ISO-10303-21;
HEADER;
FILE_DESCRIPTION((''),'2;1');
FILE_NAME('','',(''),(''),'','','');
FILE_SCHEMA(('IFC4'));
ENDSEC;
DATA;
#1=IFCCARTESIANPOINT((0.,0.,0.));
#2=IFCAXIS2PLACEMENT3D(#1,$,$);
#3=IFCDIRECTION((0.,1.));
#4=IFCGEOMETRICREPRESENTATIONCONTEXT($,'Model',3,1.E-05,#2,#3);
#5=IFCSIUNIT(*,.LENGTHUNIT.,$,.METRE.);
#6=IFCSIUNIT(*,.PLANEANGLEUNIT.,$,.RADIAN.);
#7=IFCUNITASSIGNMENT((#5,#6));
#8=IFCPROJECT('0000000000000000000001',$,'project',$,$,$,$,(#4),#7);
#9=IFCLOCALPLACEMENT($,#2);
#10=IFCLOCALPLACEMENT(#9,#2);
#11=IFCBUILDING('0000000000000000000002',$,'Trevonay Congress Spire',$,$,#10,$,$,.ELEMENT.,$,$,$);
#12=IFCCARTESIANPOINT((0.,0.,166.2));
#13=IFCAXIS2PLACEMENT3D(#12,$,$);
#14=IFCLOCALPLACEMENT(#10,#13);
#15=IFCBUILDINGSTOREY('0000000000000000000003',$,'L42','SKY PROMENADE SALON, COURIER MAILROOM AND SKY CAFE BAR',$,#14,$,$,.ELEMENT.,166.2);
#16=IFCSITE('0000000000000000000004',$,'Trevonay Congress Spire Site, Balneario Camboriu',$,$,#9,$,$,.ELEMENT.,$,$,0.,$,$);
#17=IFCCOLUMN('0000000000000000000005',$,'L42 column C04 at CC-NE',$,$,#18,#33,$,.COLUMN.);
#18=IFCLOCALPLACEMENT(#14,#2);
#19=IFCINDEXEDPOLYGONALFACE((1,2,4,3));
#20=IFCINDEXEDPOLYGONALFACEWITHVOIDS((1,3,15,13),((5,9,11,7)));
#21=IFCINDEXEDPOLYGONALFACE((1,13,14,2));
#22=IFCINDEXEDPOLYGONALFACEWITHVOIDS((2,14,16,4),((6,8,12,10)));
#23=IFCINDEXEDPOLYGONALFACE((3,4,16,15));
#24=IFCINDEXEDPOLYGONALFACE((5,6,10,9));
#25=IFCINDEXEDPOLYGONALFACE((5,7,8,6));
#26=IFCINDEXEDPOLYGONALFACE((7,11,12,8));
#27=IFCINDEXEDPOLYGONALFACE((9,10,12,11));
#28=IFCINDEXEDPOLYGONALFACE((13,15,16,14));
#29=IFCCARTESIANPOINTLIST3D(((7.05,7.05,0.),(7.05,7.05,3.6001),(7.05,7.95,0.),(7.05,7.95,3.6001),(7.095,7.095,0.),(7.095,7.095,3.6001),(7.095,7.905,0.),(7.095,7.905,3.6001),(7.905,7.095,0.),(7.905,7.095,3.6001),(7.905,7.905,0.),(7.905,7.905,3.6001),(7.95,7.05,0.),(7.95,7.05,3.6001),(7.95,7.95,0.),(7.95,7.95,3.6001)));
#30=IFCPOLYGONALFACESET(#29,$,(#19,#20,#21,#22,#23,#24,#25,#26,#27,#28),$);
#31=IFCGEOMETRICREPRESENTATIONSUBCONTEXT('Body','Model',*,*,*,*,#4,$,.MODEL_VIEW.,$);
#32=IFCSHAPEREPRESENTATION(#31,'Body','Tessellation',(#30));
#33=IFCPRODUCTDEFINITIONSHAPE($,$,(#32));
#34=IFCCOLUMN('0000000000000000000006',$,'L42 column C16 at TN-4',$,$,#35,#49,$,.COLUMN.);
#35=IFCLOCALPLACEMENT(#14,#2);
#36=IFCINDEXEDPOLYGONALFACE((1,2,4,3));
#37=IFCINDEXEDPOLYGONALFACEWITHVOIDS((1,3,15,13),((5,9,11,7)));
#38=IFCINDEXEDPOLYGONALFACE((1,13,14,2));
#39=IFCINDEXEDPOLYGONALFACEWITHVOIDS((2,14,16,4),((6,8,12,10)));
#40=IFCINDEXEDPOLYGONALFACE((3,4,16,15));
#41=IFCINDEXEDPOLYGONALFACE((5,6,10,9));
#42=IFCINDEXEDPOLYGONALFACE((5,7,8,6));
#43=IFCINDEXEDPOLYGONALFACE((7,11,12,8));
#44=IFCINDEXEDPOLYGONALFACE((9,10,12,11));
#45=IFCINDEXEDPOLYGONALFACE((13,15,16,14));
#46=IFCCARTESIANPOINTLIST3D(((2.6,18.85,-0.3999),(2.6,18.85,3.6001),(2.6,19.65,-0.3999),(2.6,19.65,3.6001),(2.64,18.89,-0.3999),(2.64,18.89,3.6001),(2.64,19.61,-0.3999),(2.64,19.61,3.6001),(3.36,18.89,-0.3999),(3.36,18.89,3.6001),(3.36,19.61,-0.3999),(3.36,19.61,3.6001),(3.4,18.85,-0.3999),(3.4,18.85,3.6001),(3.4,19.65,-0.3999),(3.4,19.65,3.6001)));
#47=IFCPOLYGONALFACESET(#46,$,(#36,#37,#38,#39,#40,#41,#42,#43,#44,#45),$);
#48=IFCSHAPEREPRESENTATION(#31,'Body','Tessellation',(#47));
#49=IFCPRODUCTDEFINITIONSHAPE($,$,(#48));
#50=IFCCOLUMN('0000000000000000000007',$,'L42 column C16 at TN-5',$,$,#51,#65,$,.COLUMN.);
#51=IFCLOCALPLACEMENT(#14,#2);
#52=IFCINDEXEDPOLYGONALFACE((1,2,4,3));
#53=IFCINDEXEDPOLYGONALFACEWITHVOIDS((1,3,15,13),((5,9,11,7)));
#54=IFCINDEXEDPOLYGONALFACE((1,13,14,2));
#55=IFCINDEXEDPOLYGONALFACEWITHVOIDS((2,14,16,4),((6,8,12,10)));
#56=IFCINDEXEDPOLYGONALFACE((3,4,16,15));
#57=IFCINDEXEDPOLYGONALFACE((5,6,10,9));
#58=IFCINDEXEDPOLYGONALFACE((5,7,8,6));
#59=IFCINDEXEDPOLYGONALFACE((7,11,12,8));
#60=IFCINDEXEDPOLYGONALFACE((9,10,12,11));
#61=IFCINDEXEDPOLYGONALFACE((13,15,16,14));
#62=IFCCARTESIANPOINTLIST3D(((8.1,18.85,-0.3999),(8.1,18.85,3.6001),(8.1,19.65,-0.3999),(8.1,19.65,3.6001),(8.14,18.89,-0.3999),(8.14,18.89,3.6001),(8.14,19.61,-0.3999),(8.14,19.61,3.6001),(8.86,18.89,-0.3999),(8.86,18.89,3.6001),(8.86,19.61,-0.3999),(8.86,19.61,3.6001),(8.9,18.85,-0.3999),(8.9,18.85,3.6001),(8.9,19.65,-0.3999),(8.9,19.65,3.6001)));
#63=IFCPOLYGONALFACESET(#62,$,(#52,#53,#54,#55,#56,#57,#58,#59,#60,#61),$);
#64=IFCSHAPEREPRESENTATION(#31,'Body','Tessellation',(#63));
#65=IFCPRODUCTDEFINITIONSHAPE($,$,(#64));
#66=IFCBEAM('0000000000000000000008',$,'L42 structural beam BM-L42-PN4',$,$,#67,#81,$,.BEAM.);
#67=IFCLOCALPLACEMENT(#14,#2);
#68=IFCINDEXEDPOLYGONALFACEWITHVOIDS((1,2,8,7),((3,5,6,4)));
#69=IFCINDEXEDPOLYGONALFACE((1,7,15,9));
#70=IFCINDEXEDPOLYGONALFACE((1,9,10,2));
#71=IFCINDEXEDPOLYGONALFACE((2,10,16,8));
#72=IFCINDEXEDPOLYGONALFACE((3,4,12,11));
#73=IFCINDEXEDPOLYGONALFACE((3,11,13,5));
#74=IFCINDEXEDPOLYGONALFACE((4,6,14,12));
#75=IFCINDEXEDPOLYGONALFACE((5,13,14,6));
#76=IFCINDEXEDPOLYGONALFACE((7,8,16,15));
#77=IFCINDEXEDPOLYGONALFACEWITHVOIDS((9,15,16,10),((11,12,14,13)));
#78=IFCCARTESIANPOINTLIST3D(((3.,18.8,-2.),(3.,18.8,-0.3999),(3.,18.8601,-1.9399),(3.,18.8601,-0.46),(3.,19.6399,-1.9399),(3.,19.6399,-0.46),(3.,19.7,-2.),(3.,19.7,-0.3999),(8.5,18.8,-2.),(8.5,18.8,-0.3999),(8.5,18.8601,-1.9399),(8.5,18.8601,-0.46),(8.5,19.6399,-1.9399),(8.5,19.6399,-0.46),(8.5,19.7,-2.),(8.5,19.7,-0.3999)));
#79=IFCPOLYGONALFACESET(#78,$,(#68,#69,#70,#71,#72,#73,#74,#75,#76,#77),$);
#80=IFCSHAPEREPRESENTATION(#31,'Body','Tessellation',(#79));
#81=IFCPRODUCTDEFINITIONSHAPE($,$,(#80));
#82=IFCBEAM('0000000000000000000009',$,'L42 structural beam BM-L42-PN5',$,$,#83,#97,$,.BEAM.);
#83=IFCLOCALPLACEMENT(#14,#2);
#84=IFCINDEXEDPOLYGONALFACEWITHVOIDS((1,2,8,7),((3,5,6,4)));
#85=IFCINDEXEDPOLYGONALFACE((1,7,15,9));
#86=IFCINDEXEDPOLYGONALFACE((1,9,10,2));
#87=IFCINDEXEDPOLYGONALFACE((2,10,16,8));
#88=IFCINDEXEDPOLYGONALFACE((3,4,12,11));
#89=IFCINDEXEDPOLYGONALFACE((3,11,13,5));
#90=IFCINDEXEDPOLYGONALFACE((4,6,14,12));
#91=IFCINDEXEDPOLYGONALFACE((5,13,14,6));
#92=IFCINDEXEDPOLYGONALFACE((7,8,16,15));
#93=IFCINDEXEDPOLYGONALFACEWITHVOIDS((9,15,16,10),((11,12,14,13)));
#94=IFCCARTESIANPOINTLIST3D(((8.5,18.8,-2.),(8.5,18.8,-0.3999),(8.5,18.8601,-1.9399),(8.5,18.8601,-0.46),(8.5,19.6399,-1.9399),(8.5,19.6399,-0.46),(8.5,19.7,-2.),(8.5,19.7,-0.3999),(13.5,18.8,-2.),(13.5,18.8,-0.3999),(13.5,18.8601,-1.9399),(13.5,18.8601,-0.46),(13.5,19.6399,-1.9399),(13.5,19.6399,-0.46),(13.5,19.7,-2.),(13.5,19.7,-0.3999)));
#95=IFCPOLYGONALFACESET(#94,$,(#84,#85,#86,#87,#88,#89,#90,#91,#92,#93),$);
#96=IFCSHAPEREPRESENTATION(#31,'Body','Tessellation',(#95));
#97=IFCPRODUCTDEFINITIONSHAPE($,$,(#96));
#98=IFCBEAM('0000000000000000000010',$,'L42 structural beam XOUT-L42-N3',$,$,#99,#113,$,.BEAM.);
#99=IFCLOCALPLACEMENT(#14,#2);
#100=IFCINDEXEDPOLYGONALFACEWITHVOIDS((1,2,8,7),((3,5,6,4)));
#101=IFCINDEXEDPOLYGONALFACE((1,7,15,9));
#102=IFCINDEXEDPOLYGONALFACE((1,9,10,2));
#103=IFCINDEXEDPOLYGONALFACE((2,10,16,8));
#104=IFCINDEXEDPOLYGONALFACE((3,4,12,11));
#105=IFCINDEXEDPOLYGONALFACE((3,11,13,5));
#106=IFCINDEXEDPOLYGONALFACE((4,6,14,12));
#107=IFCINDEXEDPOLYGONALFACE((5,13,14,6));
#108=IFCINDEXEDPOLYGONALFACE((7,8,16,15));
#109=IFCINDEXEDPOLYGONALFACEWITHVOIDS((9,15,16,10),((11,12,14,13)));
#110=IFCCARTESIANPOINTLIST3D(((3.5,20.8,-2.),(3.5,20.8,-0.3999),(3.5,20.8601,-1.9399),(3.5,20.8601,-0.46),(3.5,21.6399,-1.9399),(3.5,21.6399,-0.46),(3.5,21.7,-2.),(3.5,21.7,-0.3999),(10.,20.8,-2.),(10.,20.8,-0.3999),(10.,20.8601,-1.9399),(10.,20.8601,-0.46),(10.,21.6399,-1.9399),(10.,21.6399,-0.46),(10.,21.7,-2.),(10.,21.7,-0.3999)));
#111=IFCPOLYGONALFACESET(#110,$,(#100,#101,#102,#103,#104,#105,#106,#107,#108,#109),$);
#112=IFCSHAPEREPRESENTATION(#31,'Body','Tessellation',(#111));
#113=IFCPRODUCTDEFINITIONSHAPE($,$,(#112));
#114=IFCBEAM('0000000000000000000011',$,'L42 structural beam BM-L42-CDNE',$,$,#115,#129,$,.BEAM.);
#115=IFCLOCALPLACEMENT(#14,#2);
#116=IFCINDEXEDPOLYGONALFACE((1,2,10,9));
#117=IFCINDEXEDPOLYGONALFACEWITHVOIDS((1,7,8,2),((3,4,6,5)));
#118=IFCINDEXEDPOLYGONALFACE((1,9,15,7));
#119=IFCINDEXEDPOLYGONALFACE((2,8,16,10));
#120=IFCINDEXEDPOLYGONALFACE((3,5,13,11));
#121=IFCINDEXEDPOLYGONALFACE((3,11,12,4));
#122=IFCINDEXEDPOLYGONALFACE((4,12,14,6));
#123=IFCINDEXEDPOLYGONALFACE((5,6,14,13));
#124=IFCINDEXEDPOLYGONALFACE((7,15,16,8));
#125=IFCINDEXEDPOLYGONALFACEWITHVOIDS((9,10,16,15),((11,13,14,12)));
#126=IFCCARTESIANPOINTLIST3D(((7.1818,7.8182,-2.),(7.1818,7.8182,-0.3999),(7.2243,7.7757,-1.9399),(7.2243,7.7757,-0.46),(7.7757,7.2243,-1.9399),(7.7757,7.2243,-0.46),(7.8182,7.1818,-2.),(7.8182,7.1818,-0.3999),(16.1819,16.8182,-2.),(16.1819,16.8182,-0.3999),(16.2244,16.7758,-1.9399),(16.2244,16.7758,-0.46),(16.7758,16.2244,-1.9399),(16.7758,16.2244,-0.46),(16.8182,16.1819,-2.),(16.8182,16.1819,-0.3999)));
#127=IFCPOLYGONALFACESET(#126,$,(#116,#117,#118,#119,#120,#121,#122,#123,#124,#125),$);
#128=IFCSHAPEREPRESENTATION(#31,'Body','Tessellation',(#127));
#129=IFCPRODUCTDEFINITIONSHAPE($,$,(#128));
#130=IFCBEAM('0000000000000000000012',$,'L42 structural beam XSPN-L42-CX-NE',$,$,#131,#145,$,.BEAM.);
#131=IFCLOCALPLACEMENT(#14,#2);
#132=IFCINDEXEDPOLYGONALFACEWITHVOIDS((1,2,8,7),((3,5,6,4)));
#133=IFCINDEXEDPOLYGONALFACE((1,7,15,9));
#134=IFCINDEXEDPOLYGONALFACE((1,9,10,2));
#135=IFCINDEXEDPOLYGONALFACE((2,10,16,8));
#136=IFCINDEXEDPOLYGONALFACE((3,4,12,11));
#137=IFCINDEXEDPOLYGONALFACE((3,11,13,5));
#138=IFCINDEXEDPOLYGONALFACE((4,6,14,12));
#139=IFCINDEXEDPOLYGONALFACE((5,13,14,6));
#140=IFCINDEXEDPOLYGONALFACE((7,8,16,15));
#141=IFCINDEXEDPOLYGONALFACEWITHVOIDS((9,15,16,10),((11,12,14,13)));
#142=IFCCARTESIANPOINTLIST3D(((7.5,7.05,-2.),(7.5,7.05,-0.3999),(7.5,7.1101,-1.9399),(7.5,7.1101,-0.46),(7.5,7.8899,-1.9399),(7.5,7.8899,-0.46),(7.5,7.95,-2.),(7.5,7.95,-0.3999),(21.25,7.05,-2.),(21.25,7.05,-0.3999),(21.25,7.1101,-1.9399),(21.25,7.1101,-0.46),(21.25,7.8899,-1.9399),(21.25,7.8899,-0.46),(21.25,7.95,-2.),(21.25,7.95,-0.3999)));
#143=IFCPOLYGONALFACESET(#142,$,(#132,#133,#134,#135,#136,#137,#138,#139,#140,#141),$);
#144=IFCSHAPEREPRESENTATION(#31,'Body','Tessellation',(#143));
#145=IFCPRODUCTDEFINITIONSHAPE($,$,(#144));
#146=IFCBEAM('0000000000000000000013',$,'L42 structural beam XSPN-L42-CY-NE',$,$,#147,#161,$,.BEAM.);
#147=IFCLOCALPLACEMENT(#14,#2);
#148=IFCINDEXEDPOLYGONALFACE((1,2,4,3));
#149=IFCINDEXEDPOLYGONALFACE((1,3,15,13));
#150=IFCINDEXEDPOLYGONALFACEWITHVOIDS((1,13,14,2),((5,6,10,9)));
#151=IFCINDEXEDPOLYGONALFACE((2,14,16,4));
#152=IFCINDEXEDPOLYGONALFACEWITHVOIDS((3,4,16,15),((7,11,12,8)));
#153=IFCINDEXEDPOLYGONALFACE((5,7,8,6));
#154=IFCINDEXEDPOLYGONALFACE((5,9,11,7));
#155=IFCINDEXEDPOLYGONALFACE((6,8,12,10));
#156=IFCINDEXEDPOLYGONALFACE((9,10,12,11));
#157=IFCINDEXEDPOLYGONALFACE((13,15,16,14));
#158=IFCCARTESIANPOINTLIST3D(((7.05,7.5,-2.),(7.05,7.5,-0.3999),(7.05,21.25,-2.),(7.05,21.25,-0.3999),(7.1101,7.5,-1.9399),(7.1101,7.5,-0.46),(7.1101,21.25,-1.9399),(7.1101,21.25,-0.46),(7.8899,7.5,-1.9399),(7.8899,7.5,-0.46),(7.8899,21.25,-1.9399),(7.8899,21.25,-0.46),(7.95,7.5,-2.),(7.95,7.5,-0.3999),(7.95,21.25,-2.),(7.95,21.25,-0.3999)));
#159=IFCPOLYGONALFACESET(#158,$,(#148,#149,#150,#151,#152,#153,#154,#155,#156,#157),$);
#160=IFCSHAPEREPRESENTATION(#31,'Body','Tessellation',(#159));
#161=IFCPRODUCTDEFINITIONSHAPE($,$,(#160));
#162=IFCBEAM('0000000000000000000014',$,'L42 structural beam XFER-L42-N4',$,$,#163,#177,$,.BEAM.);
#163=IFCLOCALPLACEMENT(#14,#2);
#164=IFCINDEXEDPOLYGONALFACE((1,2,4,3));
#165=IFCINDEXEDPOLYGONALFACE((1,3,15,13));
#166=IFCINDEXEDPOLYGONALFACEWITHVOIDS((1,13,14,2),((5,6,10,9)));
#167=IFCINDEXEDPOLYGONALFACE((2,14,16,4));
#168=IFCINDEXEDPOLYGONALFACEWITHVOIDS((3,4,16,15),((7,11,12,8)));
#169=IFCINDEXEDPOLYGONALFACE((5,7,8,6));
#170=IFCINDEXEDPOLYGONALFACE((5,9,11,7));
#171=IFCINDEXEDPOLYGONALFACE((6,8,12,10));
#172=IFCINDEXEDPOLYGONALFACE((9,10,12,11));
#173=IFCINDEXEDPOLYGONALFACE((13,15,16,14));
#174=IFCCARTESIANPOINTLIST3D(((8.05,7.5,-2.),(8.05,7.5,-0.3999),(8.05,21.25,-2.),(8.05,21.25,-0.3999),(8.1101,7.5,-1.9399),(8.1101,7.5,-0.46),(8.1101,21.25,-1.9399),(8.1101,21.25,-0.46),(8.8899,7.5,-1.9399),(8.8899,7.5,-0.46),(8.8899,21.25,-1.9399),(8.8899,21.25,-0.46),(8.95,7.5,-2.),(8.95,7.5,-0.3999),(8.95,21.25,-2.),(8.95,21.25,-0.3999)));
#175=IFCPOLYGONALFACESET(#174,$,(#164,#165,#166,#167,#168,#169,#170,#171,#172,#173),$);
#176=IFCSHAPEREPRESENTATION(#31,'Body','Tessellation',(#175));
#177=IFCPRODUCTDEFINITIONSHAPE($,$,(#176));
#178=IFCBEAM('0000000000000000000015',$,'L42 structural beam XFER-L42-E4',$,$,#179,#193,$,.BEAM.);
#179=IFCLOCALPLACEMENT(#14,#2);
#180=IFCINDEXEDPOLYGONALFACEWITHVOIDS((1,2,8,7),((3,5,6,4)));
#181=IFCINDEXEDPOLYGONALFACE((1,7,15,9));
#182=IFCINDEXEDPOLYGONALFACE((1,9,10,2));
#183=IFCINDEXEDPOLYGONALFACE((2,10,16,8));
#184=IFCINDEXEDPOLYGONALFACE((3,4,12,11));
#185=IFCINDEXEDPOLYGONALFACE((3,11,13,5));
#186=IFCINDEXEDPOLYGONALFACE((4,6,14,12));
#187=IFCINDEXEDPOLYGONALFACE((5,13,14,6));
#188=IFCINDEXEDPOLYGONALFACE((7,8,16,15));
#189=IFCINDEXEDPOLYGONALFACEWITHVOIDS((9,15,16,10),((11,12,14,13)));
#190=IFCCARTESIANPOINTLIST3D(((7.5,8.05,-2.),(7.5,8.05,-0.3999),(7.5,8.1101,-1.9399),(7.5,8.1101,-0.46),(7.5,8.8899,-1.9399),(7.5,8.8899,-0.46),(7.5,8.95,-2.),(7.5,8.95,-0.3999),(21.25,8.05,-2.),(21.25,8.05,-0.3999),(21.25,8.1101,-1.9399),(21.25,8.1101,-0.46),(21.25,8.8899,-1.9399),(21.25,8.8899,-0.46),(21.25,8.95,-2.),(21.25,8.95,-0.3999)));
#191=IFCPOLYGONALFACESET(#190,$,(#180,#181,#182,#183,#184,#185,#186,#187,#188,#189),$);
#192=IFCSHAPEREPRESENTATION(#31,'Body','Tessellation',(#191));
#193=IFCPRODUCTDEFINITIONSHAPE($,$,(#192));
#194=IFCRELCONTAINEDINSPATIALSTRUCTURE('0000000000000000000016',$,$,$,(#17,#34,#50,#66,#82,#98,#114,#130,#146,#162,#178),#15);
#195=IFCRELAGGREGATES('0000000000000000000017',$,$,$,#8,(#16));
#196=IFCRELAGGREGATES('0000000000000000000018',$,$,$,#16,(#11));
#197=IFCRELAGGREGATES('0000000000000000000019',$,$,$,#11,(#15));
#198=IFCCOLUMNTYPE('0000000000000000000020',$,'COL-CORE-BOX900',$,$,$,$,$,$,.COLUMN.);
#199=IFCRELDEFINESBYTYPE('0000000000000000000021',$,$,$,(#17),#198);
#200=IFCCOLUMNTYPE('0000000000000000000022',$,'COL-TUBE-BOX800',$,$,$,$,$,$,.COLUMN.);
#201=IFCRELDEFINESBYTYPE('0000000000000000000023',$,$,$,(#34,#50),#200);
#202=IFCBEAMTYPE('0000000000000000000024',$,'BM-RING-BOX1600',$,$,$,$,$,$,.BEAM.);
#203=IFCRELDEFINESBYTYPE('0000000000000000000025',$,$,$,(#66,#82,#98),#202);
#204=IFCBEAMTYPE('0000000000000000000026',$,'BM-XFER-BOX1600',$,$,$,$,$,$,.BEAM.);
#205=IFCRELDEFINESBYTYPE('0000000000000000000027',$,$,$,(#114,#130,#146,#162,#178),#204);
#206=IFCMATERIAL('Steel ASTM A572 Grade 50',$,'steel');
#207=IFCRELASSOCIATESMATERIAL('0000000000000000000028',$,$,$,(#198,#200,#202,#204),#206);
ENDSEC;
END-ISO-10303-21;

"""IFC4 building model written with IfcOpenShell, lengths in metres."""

from ifc_helpers import new_model, si_unit, direction, frame, origin, origin_2d, place, context, subcontext, project, spatial, hollow_rectangle, extrude, material, material_profile, profile_set, type_object, element, save


model = new_model("IFC4")

# Units and contexts
model_context = context("Model", 3, precision=1e-05, world=origin(), true_north=direction((0.0, 1.0)))
body_context = subcontext(model_context, "Body", "Model", "MODEL_VIEW")
ifc_project = project(units=[si_unit("LENGTHUNIT", "METRE"), si_unit("PLANEANGLEUNIT", "RADIAN")], contexts=[model_context])

# Site, building, storey
site_placement = place(None, origin())
site = spatial("IfcSite", under=ifc_project, at=site_placement, Name="Trevonay Congress Spire Site, Balneario Camboriu", CompositionType="ELEMENT", RefElevation=0.0)
building_placement = place(site_placement, origin())
building = spatial("IfcBuilding", under=site, at=building_placement, Name="Trevonay Congress Spire", CompositionType="ELEMENT")
storey_placement = place(building_placement, frame((0.0, 0.0, 166.2)))
storey = spatial("IfcBuildingStorey", under=building, at=storey_placement, Name="L42", Description="SKY PROMENADE SALON, COURIER MAILROOM AND SKY CAFE BAR", CompositionType="ELEMENT", Elevation=166.2)

# Columns
ifc_material_1 = material(Name="Steel ASTM A572 Grade 50", Category="steel")
ifc_material_profile_1 = material_profile(ifc_material_1, hollow_rectangle(XDim=0.8999, YDim=0.8999, WallThickness=0.0449, at=origin_2d()), Name="BOX 900x900x45")
ifc_profile_set_1 = profile_set([ifc_material_profile_1], Name="Steel ASTM A572 Grade 50")
column_type_1 = type_object("IfcColumnType", Name="COL-CORE-BOX900", PredefinedType="COLUMN", material=ifc_profile_set_1)
column_placement = place(storey_placement, frame((7.5, 7.5, 0.0), z_axis=(0.0, 0.0, 1.0), x_axis=(1.0, 0.0, 0.0)))
element("IfcColumn", 1, at=column_placement, inside=storey, type_object=column_type_1, Name="L42 column C04 at CC-NE", PredefinedType="COLUMN", context=body_context, shape_type="SweptSolid", body=[
    extrude(hollow_rectangle(XDim=0.8999, YDim=0.8999, WallThickness=0.0449, at=origin_2d()), origin(), (0.0, 0.0, 1.0), 3.6001),
])
ifc_material_profile_2 = material_profile(ifc_material_1, hollow_rectangle(XDim=0.8, YDim=0.8, WallThickness=0.04, at=origin_2d()), Name="BOX 800x800x40")
ifc_profile_set_2 = profile_set([ifc_material_profile_2], Name="Steel ASTM A572 Grade 50")
column_type_2 = type_object("IfcColumnType", Name="COL-TUBE-BOX800", PredefinedType="COLUMN", material=ifc_profile_set_2)
for number, where, z_axis, x_axis, name in (
    (2, (3.0, 19.25, -0.3999), (0.0, 0.0, 1.0), (1.0, 0.0, 0.0), "L42 column C16 at TN-4"),
    (3, (8.5, 19.25, -0.3999), (0.0, 0.0, 1.0), (1.0, 0.0, 0.0), "L42 column C16 at TN-5"),
):
    element("IfcColumn", number, at=place(storey_placement, frame(where, z_axis=z_axis, x_axis=x_axis)), inside=storey, type_object=column_type_2, Name=name, PredefinedType="COLUMN", context=body_context, shape_type="SweptSolid", body=[
        extrude(hollow_rectangle(XDim=0.8, YDim=0.8, WallThickness=0.04, at=origin_2d()), origin(), (0.0, 0.0, 1.0), 4.0),
    ])

# Beams
ifc_material_profile_3 = material_profile(ifc_material_1, hollow_rectangle(XDim=0.8999, YDim=1.6001, WallThickness=0.0601, at=origin_2d()), Name="BOX 1600x900x60")
ifc_profile_set_3 = profile_set([ifc_material_profile_3], Name="Steel ASTM A572 Grade 50")
beam_type_1 = type_object("IfcBeamType", Name="BM-RING-BOX1600", PredefinedType="BEAM", material=ifc_profile_set_3)
beam_1_placement = place(storey_placement, frame((3.0, 19.25, -1.2), z_axis=(1.0, 0.0, 0.0), x_axis=(0.0, 1.0, 0.0)))
element("IfcBeam", 4, at=beam_1_placement, inside=storey, type_object=beam_type_1, Name="L42 structural beam BM-L42-PN4", PredefinedType="BEAM", context=body_context, shape_type="SweptSolid", body=[
    extrude(hollow_rectangle(XDim=0.8999, YDim=1.6001, WallThickness=0.0601, at=origin_2d()), origin(), (0.0, 0.0, 1.0), 5.5),
])
beam_2_placement = place(storey_placement, frame((8.5, 19.25, -1.2), z_axis=(1.0, 0.0, 0.0), x_axis=(0.0, 1.0, 0.0)))
element("IfcBeam", 5, at=beam_2_placement, inside=storey, type_object=beam_type_1, Name="L42 structural beam BM-L42-PN5", PredefinedType="BEAM", context=body_context, shape_type="SweptSolid", body=[
    extrude(hollow_rectangle(XDim=0.8999, YDim=1.6001, WallThickness=0.0601, at=origin_2d()), origin(), (0.0, 0.0, 1.0), 5.0),
])
beam_3_placement = place(storey_placement, frame((3.5, 21.25, -1.2), z_axis=(1.0, 0.0, 0.0), x_axis=(0.0, 1.0, 0.0)))
element("IfcBeam", 6, at=beam_3_placement, inside=storey, type_object=beam_type_1, Name="L42 structural beam XOUT-L42-N3", PredefinedType="BEAM", context=body_context, shape_type="SweptSolid", body=[
    extrude(hollow_rectangle(XDim=0.8999, YDim=1.6001, WallThickness=0.0601, at=origin_2d()), origin(), (0.0, 0.0, 1.0), 6.5),
])
ifc_material_profile_4 = material_profile(ifc_material_1, hollow_rectangle(XDim=0.8999, YDim=1.6001, WallThickness=0.0601, at=origin_2d()), Name="BOX 1600x900x60")
ifc_profile_set_4 = profile_set([ifc_material_profile_4], Name="Steel ASTM A572 Grade 50")
beam_type_2 = type_object("IfcBeamType", Name="BM-XFER-BOX1600", PredefinedType="BEAM", material=ifc_profile_set_4)
beam_4_placement = place(storey_placement, frame((7.5, 7.5, -1.2), z_axis=(0.707107, 0.707107, 0.0), x_axis=(-0.707107, 0.707107, 0.0)))
element("IfcBeam", 7, at=beam_4_placement, inside=storey, type_object=beam_type_2, Name="L42 structural beam BM-L42-CDNE", PredefinedType="BEAM", context=body_context, shape_type="SweptSolid", body=[
    extrude(hollow_rectangle(XDim=0.8999, YDim=1.6001, WallThickness=0.0601, at=origin_2d()), origin(), (0.0, 0.0, 1.0), 12.728),
])
for number, where, z_axis, x_axis, name in (
    (8, (7.5, 7.5, -1.2), (1.0, 0.0, 0.0), (0.0, 1.0, 0.0), "L42 structural beam XSPN-L42-CX-NE"),
    (9, (7.5, 7.5, -1.2), (0.0, 1.0, 0.0), (-1.0, 0.0, 0.0), "L42 structural beam XSPN-L42-CY-NE"),
    (10, (8.5, 7.5, -1.2), (0.0, 1.0, 0.0), (-1.0, 0.0, 0.0), "L42 structural beam XFER-L42-N4"),
    (11, (7.5, 8.5, -1.2), (1.0, 0.0, 0.0), (0.0, 1.0, 0.0), "L42 structural beam XFER-L42-E4"),
):
    element("IfcBeam", number, at=place(storey_placement, frame(where, z_axis=z_axis, x_axis=x_axis)), inside=storey, type_object=beam_type_2, Name=name, PredefinedType="BEAM", context=body_context, shape_type="SweptSolid", body=[
        extrude(hollow_rectangle(XDim=0.8999, YDim=1.6001, WallThickness=0.0601, at=origin_2d()), origin(), (0.0, 0.0, 1.0), 13.75),
    ])

save(model, "model.ifc")
